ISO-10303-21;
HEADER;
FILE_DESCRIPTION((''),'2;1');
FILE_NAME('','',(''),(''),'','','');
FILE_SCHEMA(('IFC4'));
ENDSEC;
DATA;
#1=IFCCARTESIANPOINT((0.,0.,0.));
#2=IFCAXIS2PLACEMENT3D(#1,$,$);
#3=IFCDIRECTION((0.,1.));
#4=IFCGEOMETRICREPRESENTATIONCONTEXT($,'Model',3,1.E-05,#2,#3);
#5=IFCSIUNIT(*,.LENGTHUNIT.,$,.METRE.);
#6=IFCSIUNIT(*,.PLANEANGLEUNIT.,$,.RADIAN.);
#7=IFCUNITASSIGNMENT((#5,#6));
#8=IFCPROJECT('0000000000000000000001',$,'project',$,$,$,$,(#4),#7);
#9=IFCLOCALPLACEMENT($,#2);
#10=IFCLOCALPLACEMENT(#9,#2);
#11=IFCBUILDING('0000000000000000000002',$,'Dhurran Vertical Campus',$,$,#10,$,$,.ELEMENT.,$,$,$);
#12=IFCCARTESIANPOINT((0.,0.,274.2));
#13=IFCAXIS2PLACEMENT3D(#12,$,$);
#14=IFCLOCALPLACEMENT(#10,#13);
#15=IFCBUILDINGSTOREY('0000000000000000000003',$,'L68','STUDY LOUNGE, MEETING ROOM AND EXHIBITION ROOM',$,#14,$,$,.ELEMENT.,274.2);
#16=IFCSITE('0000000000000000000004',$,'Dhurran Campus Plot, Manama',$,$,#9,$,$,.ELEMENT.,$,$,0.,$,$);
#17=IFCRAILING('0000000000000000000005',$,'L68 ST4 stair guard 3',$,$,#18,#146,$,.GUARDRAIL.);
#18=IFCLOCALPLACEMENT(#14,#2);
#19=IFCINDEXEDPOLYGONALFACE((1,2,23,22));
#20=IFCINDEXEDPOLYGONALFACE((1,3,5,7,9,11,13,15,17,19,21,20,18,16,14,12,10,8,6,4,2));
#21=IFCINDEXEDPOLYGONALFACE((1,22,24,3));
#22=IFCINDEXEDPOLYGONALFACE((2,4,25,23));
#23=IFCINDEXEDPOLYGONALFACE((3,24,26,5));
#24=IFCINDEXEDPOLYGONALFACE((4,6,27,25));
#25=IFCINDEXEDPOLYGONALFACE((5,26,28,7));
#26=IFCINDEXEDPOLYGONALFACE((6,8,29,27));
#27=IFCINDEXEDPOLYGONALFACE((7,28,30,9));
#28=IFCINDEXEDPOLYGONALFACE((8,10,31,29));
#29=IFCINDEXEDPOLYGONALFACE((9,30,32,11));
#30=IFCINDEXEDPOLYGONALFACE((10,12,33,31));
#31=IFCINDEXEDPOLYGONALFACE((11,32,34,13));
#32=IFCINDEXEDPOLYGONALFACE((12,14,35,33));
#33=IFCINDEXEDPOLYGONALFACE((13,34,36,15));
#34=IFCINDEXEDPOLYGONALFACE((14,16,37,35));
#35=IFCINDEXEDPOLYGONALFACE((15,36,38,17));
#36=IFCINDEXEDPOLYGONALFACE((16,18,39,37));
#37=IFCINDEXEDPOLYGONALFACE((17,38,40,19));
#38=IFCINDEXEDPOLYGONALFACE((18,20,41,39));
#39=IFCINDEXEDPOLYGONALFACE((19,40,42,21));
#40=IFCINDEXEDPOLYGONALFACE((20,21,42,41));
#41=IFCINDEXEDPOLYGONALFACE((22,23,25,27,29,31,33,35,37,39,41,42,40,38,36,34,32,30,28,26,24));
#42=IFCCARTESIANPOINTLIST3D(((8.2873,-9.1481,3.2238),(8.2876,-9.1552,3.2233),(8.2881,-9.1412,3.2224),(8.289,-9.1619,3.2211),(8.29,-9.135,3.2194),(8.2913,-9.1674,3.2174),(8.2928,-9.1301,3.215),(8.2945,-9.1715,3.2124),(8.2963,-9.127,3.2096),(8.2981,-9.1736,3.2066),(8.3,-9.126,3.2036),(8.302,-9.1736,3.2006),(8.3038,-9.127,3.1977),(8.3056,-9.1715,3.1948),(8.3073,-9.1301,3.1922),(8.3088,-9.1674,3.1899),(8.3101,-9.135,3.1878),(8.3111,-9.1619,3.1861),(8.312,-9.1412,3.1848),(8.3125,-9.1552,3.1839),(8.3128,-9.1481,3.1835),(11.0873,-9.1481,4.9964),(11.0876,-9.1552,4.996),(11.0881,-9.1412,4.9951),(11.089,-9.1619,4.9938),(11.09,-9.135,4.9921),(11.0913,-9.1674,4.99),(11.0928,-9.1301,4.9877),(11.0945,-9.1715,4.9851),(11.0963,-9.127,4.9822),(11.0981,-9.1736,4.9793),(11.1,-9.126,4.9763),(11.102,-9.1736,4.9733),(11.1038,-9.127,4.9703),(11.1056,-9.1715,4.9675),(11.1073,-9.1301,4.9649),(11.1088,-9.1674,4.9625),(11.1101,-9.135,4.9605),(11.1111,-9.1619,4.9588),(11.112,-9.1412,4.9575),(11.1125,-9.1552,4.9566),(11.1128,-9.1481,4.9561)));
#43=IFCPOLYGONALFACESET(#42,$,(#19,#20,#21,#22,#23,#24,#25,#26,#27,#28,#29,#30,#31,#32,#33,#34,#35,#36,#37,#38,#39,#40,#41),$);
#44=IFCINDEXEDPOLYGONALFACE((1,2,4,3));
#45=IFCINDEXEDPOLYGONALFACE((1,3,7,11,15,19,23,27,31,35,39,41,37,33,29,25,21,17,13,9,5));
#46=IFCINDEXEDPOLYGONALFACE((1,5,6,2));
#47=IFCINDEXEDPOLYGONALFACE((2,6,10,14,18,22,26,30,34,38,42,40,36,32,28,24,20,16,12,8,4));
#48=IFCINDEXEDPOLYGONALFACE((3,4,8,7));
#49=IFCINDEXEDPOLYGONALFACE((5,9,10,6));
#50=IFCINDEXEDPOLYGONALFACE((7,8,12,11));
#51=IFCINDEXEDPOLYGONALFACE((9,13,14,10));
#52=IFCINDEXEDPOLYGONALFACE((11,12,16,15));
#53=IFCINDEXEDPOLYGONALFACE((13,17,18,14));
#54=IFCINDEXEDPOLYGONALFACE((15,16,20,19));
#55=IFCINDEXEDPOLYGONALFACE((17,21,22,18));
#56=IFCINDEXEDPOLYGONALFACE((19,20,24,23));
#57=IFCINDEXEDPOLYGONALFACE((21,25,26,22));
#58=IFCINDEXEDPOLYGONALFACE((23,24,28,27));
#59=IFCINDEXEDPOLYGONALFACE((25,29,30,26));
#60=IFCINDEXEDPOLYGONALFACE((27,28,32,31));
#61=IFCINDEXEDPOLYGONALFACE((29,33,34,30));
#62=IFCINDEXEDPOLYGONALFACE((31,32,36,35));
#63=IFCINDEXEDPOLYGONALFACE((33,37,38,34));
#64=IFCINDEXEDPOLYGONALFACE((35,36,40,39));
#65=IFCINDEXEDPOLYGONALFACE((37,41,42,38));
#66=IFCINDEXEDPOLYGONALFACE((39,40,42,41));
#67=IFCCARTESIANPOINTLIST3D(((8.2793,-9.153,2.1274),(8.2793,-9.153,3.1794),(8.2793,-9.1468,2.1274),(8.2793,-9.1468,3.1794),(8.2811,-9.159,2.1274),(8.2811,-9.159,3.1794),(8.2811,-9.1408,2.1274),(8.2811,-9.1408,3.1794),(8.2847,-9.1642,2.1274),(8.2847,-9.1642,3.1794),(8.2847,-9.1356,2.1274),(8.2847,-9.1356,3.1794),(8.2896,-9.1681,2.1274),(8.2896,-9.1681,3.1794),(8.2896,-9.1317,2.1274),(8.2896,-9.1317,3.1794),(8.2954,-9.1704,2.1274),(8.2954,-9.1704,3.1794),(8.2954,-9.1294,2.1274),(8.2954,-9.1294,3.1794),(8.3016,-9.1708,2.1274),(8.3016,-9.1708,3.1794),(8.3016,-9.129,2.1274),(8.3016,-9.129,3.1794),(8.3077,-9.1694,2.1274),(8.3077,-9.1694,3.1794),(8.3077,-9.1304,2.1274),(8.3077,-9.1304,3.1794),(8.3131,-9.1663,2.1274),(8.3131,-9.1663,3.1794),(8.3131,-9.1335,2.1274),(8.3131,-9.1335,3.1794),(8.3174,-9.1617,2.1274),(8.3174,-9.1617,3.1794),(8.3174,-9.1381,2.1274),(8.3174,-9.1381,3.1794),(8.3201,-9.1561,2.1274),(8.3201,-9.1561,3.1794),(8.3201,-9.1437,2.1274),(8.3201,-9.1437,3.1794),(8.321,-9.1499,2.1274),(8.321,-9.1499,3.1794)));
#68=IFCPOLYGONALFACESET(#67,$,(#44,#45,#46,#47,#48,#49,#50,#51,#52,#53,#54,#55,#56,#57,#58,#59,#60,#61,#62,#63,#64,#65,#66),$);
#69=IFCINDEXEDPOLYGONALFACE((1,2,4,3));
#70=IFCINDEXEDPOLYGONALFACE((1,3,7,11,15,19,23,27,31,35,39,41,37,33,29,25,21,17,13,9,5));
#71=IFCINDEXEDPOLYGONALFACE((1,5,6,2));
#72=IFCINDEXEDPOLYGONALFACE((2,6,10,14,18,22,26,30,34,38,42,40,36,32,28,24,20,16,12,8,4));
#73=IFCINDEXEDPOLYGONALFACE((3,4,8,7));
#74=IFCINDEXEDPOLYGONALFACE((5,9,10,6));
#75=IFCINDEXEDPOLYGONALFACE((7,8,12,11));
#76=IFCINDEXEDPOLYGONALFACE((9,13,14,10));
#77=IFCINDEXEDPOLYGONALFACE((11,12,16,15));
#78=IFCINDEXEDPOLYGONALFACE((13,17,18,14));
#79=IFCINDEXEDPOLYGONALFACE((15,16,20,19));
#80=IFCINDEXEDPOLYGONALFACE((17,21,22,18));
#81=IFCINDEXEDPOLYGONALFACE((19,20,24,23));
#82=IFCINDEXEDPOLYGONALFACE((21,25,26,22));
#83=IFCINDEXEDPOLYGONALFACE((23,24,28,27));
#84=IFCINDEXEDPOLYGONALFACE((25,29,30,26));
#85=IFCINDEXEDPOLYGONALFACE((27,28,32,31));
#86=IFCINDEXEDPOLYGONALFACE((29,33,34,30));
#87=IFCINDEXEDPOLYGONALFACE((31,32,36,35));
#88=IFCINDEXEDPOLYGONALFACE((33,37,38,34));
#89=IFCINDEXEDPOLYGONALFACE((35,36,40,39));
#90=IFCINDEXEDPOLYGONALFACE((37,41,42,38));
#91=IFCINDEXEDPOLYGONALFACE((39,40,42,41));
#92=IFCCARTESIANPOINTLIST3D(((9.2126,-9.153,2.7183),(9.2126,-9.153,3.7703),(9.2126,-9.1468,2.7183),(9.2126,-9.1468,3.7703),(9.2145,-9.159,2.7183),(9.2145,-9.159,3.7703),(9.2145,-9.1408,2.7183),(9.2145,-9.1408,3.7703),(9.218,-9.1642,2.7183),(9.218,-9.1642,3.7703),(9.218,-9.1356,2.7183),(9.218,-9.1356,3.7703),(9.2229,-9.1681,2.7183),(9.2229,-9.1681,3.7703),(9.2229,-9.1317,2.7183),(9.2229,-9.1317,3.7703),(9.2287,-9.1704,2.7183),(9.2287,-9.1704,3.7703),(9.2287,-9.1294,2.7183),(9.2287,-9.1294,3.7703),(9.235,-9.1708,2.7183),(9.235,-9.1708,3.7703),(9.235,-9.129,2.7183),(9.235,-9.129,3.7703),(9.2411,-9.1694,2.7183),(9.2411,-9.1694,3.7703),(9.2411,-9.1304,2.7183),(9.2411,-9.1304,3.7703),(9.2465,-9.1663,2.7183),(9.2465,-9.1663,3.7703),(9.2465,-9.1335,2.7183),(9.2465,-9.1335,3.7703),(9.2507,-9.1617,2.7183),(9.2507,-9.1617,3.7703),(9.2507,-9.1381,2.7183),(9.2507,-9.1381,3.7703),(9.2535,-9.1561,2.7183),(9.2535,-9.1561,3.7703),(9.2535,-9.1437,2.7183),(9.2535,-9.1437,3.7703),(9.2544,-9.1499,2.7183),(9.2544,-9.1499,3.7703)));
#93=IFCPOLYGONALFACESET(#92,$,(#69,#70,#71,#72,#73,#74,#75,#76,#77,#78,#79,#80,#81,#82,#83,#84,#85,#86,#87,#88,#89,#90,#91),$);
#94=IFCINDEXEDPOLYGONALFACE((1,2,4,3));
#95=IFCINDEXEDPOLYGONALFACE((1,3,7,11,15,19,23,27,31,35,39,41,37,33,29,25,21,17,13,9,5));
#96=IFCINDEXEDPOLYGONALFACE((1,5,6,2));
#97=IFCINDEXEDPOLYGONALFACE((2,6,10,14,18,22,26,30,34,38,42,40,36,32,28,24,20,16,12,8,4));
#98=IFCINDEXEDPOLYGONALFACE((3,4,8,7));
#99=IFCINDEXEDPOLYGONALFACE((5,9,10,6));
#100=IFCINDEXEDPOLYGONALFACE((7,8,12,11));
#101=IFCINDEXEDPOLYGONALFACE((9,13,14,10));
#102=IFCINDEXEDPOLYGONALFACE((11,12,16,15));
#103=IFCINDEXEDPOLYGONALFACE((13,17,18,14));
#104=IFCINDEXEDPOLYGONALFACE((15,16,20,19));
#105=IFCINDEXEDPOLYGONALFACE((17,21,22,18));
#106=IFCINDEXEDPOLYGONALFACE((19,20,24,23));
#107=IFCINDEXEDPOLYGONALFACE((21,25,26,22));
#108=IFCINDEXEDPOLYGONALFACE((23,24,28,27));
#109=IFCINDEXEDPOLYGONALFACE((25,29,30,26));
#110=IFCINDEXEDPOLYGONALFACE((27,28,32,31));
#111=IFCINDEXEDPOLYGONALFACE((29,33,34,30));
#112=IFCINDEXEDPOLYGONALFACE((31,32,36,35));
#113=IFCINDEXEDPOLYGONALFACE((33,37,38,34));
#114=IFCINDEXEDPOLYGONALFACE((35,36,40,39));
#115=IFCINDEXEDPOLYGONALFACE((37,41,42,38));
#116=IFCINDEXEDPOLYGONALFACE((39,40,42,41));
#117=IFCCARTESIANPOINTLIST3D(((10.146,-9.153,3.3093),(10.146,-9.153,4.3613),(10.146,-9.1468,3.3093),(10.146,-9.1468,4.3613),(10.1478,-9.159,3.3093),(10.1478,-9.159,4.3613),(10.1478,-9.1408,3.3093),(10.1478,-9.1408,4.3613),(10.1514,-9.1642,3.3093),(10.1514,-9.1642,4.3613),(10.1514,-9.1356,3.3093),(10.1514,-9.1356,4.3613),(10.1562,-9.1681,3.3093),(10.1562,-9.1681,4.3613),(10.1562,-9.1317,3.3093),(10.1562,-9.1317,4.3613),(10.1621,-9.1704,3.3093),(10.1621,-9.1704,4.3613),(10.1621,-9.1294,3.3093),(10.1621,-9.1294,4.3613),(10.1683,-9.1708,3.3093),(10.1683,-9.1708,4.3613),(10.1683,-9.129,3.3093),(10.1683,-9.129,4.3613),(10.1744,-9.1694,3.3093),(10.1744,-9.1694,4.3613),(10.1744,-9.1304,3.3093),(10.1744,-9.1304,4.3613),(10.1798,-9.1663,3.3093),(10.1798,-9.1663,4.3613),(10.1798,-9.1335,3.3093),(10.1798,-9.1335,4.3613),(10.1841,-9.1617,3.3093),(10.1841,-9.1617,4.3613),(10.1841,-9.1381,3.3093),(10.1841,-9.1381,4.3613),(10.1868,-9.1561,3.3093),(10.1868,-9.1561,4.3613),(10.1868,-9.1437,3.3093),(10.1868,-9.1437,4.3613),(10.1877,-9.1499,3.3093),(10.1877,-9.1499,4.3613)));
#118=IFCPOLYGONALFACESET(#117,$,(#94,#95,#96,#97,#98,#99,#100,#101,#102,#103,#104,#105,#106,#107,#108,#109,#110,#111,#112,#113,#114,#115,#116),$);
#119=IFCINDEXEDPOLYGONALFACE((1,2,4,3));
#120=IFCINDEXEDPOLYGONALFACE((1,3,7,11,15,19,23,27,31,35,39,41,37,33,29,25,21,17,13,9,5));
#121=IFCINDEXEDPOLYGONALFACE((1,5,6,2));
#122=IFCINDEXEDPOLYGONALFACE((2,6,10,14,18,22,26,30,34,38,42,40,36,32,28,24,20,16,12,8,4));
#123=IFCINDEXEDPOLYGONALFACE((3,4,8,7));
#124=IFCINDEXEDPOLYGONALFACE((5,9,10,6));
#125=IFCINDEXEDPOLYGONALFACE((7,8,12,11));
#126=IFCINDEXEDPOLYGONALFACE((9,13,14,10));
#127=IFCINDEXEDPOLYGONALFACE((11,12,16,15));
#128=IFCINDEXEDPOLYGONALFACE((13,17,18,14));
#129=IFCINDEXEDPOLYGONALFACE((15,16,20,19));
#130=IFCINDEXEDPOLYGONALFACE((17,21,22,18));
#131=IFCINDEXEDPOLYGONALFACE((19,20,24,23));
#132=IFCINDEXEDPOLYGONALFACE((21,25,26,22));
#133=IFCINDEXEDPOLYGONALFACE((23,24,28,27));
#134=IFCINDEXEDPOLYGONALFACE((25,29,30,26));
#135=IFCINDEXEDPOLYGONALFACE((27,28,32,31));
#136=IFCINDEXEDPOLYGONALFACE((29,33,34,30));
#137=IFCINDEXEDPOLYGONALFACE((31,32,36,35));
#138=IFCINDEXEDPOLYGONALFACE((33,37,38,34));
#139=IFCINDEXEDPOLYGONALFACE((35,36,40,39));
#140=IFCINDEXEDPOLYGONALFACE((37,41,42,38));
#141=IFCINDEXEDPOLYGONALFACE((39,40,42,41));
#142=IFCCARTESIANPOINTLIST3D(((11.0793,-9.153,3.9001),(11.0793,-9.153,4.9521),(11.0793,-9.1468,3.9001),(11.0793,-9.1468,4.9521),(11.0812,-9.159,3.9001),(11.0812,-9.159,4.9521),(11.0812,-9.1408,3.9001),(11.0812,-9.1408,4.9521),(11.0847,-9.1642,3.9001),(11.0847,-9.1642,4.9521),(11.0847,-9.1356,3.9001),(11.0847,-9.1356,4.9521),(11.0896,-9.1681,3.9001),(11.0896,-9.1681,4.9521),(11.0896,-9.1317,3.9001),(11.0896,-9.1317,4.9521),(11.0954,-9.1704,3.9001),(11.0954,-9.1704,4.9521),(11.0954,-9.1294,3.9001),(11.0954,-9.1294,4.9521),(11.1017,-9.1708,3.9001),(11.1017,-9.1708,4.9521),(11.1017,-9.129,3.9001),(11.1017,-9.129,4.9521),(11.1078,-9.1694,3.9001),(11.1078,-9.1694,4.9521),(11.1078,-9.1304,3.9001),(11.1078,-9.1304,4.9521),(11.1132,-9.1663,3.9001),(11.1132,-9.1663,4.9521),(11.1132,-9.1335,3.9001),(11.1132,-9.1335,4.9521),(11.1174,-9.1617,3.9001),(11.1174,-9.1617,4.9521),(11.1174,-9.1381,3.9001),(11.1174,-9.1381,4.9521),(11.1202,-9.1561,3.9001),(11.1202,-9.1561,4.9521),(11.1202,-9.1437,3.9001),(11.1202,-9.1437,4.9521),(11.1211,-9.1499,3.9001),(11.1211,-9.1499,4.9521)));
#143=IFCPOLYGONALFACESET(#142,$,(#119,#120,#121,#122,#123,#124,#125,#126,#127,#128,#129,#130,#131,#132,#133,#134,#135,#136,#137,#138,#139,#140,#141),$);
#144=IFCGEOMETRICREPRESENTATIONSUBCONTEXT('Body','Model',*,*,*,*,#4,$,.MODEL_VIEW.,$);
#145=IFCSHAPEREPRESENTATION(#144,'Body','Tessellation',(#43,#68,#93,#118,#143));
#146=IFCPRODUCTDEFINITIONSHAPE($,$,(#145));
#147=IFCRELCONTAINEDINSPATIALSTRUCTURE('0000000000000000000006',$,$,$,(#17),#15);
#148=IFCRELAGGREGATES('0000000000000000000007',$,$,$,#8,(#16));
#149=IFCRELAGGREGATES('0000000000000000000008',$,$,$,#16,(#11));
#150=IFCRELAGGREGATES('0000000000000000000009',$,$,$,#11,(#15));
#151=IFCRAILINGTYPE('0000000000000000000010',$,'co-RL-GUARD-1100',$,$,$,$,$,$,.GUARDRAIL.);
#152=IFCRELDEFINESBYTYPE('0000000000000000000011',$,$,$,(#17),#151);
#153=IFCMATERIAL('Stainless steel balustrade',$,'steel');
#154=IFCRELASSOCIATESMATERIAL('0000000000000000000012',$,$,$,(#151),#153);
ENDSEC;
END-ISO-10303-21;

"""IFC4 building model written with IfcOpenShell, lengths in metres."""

from ifc_helpers import new_model, si_unit, direction, frame, origin, origin_2d, place, context, subcontext, project, spatial, circle, extrude, material, type_object, element, save


model = new_model("IFC4")

# Units and contexts
model_context = context("Model", 3, precision=1e-05, world=origin(), true_north=direction((0.0, 1.0)))
body_context = subcontext(model_context, "Body", "Model", "MODEL_VIEW")
ifc_project = project(units=[si_unit("LENGTHUNIT", "METRE"), si_unit("PLANEANGLEUNIT", "RADIAN")], contexts=[model_context])

# Site, building, storey
site_placement = place(None, origin())
site = spatial("IfcSite", under=ifc_project, at=site_placement, Name="Dhurran Campus Plot, Manama", CompositionType="ELEMENT", RefElevation=0.0)
building_placement = place(site_placement, origin())
building = spatial("IfcBuilding", under=site, at=building_placement, Name="Dhurran Vertical Campus", CompositionType="ELEMENT")
storey_placement = place(building_placement, frame((0.0, 0.0, 274.2)))
storey = spatial("IfcBuildingStorey", under=building, at=storey_placement, Name="L68", Description="STUDY LOUNGE, MEETING ROOM AND EXHIBITION ROOM", CompositionType="ELEMENT", Elevation=274.2)

# Railing
ifc_material_1 = material(Name="Stainless steel balustrade", Category="steel")
railing_type_1 = type_object("IfcRailingType", Name="co-RL-GUARD-1100", PredefinedType="GUARDRAIL", material=ifc_material_1)
railing_1_placement = place(storey_placement, frame((8.3, -9.1499, 2.1274)))
element("IfcRailing", 1, at=railing_1_placement, inside=storey, type_object=railing_type_1, Name="L68 ST4 stair guard 3", PredefinedType="GUARDRAIL", context=body_context, shape_type="SweptSolid", body=[
    extrude(circle(Radius=0.0239, at=origin_2d()), frame((0.0, 0.0, 1.0762), z_axis=(0.844909, 0.0, 0.53491), x_axis=(0.0, 1.0, 0.0)), (0.0, 0.0, 1.0), 3.314),
    extrude(circle(Radius=0.021, at=origin_2d()), origin(), (0.0, 0.0, 1.0), 1.052),
    extrude(circle(Radius=0.021, at=origin_2d()), frame((0.9333, 0.0, 0.5908)), (0.0, 0.0, 1.0), 1.052),
    extrude(circle(Radius=0.021, at=origin_2d()), frame((1.8667, 0.0, 1.1819)), (0.0, 0.0, 1.0), 1.052),
    extrude(circle(Radius=0.021, at=origin_2d()), frame((2.8, 0.0, 1.7727)), (0.0, 0.0, 1.0), 1.052),
])

save(model, "model.ifc")
